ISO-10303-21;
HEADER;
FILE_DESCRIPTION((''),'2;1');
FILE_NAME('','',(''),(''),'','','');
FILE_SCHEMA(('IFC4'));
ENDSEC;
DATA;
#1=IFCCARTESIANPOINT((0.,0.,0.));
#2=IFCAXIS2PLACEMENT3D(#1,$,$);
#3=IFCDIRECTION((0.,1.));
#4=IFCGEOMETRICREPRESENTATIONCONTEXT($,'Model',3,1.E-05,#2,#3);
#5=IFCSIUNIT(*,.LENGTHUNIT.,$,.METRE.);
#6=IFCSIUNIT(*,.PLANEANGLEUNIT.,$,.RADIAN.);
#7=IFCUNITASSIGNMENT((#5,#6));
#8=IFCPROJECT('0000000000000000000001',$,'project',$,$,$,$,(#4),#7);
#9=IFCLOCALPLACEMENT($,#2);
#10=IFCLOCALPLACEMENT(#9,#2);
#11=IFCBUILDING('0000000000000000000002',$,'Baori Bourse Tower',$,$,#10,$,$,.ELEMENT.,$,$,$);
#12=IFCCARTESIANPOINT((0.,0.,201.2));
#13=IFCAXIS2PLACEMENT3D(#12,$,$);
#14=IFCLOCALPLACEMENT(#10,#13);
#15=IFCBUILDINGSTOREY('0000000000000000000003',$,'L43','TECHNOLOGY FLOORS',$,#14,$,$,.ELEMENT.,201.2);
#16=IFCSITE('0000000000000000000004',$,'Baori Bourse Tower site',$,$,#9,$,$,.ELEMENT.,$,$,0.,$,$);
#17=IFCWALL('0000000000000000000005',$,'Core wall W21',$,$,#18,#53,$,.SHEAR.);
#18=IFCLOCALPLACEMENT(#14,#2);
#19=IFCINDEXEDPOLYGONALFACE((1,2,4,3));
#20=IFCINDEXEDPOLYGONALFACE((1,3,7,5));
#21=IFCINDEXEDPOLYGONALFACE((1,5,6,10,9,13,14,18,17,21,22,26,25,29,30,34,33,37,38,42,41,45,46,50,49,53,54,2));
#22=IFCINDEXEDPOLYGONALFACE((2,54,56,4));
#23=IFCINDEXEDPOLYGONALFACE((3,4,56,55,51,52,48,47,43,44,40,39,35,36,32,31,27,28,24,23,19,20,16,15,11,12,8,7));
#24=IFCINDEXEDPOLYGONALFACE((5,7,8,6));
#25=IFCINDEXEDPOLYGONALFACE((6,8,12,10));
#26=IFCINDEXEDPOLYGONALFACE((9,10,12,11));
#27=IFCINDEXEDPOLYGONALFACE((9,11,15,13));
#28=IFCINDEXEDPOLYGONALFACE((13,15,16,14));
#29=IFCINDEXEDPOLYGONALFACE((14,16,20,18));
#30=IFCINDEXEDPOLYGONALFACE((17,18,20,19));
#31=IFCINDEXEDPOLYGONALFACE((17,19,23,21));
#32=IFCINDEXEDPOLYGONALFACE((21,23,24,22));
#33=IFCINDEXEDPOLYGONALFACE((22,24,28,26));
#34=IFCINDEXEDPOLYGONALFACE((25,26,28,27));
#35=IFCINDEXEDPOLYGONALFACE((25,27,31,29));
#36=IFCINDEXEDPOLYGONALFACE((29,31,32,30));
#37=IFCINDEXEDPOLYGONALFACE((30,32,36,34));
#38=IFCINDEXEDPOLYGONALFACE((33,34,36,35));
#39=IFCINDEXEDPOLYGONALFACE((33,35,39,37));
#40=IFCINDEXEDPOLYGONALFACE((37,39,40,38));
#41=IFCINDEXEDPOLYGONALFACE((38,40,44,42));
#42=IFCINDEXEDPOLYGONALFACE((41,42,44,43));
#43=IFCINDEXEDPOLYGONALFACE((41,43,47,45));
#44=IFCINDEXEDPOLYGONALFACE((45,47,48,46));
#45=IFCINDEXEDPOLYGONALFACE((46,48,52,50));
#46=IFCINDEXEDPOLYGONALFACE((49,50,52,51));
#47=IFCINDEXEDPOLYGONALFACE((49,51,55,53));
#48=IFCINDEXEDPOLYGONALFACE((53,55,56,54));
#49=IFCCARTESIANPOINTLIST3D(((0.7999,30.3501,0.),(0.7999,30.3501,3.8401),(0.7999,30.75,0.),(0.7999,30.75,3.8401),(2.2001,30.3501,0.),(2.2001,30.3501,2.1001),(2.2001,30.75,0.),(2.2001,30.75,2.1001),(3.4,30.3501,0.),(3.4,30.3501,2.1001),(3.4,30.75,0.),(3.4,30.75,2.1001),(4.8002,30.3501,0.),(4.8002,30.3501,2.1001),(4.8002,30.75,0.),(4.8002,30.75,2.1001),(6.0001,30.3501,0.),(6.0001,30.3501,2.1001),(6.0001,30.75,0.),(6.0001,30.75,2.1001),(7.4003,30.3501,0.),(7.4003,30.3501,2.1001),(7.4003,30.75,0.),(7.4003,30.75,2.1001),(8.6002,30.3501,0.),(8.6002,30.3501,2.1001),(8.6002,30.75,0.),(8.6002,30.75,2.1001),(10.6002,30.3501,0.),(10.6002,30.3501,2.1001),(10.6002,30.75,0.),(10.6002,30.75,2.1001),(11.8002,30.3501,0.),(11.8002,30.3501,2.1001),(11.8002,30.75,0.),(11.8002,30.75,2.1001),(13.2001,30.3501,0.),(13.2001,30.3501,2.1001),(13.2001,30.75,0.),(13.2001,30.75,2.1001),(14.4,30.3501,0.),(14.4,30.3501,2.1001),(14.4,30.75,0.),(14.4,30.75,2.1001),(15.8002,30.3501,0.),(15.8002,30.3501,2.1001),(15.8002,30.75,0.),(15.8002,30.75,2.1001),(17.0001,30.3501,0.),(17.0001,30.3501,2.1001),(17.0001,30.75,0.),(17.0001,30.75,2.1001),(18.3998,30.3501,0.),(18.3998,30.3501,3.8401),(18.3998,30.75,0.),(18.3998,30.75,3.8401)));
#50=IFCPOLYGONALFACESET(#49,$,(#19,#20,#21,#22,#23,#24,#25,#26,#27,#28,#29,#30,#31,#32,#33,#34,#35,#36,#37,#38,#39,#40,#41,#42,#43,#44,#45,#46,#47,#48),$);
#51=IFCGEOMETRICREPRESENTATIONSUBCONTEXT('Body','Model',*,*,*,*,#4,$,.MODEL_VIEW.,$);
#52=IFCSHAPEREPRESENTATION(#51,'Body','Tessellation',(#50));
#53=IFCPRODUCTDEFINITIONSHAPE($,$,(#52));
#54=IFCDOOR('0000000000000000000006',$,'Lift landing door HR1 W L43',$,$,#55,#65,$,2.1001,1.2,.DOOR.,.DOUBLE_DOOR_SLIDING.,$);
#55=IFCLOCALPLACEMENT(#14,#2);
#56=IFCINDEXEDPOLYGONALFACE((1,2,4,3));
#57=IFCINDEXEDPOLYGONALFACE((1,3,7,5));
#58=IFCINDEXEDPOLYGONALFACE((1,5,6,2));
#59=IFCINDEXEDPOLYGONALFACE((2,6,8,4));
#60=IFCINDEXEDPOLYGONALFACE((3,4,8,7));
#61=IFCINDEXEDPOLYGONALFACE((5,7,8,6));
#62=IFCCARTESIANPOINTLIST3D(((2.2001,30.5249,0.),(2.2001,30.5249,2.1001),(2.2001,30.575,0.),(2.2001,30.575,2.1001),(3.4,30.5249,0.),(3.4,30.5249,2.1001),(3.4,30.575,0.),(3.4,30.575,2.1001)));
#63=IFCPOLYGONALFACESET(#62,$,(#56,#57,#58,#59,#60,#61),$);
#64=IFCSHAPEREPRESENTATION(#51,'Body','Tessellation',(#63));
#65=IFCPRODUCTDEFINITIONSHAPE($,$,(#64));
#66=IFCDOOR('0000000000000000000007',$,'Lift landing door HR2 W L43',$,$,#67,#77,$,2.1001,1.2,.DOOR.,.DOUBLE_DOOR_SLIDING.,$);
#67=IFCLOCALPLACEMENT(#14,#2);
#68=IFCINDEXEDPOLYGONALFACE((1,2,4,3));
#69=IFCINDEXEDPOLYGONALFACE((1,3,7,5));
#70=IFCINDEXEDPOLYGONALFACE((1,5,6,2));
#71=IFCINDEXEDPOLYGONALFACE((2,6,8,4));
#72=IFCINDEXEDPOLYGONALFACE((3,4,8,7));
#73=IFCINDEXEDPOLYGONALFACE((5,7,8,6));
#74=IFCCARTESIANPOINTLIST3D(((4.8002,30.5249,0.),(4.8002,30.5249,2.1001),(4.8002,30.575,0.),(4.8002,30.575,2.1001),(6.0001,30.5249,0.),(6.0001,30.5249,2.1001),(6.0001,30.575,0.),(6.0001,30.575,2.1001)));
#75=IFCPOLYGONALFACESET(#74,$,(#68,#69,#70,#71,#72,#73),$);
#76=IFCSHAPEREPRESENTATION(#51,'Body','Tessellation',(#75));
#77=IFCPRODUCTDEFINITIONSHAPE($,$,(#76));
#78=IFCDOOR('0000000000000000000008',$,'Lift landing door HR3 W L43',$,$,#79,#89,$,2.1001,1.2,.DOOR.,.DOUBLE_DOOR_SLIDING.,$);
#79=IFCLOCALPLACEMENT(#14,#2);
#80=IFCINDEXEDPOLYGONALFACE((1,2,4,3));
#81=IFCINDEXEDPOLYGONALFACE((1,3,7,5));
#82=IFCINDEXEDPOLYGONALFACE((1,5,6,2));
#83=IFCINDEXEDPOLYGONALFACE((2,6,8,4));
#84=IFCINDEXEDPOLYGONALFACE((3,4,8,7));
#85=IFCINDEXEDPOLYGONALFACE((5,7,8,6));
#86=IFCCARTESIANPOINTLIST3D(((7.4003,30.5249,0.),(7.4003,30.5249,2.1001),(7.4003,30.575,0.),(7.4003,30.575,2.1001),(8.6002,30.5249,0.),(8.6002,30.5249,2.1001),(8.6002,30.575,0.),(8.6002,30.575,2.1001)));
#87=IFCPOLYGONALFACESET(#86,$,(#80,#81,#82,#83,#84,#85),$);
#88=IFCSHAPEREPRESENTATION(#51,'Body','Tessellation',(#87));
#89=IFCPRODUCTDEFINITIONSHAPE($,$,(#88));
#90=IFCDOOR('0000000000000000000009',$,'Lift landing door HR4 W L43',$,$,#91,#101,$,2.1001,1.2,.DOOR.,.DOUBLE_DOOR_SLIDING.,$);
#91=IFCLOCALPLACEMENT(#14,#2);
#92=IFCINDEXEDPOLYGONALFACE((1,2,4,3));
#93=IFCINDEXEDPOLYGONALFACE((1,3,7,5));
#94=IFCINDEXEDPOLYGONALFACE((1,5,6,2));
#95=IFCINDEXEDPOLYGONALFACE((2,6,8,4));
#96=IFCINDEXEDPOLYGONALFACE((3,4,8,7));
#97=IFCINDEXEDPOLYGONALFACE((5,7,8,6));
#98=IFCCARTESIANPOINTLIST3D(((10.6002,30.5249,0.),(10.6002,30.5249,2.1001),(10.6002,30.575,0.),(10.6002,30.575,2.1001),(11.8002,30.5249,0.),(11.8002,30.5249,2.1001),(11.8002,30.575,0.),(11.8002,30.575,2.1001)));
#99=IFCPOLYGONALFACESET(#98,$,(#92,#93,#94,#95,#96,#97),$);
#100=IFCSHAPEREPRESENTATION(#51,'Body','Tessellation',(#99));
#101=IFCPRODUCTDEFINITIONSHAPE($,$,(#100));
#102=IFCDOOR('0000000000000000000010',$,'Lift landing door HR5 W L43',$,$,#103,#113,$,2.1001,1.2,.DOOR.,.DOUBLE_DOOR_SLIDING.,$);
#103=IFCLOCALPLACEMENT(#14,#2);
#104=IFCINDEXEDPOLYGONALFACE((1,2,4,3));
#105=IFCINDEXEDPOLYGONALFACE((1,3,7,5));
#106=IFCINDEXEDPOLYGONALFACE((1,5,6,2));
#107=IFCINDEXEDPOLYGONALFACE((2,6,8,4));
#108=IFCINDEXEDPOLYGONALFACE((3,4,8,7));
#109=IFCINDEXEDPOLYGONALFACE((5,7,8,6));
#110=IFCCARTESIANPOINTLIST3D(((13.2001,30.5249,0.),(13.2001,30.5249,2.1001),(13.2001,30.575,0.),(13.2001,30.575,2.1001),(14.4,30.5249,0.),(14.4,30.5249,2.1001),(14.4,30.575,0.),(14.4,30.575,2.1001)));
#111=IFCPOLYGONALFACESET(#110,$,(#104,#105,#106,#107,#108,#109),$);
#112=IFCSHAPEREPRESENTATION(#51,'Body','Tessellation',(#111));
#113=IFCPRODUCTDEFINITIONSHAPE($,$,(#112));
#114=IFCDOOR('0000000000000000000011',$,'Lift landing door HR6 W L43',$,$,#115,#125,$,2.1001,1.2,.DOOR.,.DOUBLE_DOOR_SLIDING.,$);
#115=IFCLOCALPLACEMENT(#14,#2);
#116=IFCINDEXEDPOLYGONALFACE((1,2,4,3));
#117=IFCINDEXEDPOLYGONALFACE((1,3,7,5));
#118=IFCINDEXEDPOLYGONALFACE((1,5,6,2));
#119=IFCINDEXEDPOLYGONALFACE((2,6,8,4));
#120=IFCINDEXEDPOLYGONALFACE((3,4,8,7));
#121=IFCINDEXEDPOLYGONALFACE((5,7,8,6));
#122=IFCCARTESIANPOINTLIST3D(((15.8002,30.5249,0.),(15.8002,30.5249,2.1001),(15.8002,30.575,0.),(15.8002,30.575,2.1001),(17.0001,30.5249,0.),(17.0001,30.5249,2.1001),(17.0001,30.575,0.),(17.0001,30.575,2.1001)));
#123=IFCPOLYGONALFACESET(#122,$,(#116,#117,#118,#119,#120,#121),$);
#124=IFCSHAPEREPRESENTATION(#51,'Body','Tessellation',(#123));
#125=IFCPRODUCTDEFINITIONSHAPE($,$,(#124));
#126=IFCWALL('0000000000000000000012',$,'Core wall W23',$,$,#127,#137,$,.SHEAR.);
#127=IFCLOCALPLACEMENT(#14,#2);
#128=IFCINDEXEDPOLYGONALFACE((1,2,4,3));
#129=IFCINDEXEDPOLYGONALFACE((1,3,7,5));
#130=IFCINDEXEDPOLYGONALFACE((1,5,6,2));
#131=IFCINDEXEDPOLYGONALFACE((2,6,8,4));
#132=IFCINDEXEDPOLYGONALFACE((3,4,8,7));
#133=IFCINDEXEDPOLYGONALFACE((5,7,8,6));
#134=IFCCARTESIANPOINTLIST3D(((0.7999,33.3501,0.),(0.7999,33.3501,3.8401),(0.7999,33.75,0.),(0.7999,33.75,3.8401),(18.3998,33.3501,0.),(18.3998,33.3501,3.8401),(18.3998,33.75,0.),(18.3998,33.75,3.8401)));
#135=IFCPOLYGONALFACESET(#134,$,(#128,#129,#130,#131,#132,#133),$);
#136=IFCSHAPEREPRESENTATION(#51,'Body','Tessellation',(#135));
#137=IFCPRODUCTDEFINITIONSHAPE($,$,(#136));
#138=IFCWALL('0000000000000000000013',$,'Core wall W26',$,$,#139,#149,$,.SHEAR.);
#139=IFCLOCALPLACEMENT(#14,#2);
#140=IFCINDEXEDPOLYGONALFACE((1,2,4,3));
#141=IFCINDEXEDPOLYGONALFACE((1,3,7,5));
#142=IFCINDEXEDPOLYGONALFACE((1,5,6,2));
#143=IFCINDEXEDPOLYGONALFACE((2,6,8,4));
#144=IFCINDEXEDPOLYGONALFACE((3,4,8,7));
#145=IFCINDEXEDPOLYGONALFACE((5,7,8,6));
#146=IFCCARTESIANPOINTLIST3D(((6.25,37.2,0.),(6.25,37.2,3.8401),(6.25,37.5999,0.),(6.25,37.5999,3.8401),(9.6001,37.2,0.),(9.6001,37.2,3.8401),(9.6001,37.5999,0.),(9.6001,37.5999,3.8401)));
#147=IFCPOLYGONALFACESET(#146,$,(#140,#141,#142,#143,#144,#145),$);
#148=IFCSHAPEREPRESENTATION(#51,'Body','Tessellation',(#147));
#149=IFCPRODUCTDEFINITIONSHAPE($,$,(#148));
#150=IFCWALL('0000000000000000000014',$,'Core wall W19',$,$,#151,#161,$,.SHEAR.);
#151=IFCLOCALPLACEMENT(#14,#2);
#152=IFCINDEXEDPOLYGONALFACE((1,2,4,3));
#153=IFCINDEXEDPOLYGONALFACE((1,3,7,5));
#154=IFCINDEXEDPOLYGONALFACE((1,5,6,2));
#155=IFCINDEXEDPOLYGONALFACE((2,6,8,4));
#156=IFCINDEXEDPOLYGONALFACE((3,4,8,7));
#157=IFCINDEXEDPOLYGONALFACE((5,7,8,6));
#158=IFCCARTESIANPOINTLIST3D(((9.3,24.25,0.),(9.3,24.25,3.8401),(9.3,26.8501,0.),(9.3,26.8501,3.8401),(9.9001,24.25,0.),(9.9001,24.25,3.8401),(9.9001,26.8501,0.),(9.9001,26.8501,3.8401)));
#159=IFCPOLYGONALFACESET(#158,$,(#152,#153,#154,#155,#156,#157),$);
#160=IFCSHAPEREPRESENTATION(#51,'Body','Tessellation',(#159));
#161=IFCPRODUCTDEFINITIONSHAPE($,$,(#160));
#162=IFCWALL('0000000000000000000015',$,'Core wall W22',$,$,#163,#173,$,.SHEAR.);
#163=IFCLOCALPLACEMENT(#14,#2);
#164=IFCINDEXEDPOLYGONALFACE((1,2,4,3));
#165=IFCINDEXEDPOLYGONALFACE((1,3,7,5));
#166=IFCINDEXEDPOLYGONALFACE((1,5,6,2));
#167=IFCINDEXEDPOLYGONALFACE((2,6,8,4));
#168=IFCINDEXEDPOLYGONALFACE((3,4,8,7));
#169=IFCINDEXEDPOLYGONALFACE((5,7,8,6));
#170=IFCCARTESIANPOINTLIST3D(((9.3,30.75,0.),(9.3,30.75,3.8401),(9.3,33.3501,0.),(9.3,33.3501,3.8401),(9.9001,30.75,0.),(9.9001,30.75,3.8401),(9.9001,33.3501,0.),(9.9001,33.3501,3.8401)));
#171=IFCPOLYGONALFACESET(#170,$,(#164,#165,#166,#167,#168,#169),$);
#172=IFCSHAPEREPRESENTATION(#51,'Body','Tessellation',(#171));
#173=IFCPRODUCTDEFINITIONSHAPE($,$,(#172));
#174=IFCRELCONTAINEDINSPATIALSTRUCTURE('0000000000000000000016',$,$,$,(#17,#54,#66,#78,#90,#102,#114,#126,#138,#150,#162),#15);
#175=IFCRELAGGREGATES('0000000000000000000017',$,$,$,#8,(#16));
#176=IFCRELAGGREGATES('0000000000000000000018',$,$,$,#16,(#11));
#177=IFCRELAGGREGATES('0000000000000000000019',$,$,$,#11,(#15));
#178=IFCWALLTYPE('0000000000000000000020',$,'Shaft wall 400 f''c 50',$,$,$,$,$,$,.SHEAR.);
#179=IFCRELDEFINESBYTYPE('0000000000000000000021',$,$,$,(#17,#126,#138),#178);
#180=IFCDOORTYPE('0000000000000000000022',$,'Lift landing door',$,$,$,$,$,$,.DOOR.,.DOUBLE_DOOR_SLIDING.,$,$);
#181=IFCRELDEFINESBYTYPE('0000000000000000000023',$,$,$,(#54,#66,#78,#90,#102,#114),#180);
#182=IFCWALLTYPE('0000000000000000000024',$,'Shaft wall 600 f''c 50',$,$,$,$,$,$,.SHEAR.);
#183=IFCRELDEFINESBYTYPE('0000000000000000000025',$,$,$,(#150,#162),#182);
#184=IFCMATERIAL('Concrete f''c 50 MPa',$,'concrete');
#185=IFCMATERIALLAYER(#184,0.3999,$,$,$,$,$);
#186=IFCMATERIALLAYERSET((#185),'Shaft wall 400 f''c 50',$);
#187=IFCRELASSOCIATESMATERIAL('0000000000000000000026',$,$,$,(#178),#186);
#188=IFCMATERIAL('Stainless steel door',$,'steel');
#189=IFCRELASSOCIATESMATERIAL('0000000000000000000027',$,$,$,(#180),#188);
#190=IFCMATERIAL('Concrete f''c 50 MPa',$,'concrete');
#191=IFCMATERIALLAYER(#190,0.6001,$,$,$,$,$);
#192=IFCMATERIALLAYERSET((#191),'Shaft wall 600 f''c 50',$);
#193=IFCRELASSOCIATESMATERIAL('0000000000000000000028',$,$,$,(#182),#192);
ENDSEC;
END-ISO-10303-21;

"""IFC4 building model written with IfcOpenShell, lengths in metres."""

from ifc_helpers import new_model, si_unit, direction, frame, frame_2d, origin, place, context, subcontext, project, spatial, rectangle, extrude, material, layer, layer_set, type_object, element, fill, save


model = new_model("IFC4")

# Units and contexts
model_context = context("Model", 3, precision=1e-05, world=origin(), true_north=direction((0.0, 1.0)))
body_context = subcontext(model_context, "Body", "Model", "MODEL_VIEW")
ifc_project = project(units=[si_unit("LENGTHUNIT", "METRE"), si_unit("PLANEANGLEUNIT", "RADIAN")], contexts=[model_context])

# Site, building, storey
site_placement = place(None, origin())
site = spatial("IfcSite", under=ifc_project, at=site_placement, Name="Baori Bourse Tower site", CompositionType="ELEMENT", RefElevation=0.0)
building_placement = place(site_placement, origin())
building = spatial("IfcBuilding", under=site, at=building_placement, Name="Baori Bourse Tower", CompositionType="ELEMENT")
storey_placement = place(building_placement, frame((0.0, 0.0, 201.2)))
storey = spatial("IfcBuildingStorey", under=building, at=storey_placement, Name="L43", Description="TECHNOLOGY FLOORS", CompositionType="ELEMENT", Elevation=201.2)

# Wall, openings, doors
ifc_material_1 = material(Name="Concrete f'c 50 MPa", Category="concrete")
ifc_layer_1 = layer(ifc_material_1, 0.3999)
ifc_layer_set_1 = layer_set([ifc_layer_1], Name="Shaft wall 400 f'c 50")
wall_type_1 = type_object("IfcWallType", Name="Shaft wall 400 f'c 50", PredefinedType="SHEAR", material=ifc_layer_set_1)
ifc_material_2 = material(Name="Stainless steel door", Category="steel")
door_type_1 = type_object("IfcDoorType", Name="Lift landing door", OperationType="DOUBLE_DOOR_SLIDING", PredefinedType="DOOR", material=ifc_material_2)
wall_1_placement = place(storey_placement, frame((0.8, 30.55, 0.0), z_axis=(0.0, 0.0, 1.0), x_axis=(1.0, 0.0, 0.0)))
wall_1 = element("IfcWall", 1, at=wall_1_placement, inside=storey, type_object=wall_type_1, Name="Core wall W21", PredefinedType="SHEAR", context=body_context, shape_type="SweptSolid", body=[
    extrude(rectangle(XDim=17.5999, YDim=0.3999, at=frame_2d((8.7998, 0.0))), origin(), (0.0, 0.0, 1.0), 3.8401),
])
opening_1_placement = place(wall_1_placement, frame((1.3999, 0.0, 0.0)))
opening_1 = element("IfcOpeningElement", 2, at=opening_1_placement, cuts=wall_1, PredefinedType="OPENING", context=body_context, shape_type="SweptSolid", body=[
    extrude(rectangle(XDim=1.2, YDim=2.1001, at=frame_2d((0.6001, 1.05))), frame((0.0, 0.21, 0.0), z_axis=(0.0, -1.0, 0.0), x_axis=(1.0, 0.0, 0.0)), (0.0, 0.0, 1.0), 0.4199),
])
opening_2_placement = place(wall_1_placement, frame((4.0, 0.0, 0.0)))
opening_2 = element("IfcOpeningElement", 3, at=opening_2_placement, cuts=wall_1, PredefinedType="OPENING", context=body_context, shape_type="SweptSolid", body=[
    extrude(rectangle(XDim=1.2, YDim=2.1001, at=frame_2d((0.6001, 1.05))), frame((0.0, 0.21, 0.0), z_axis=(0.0, -1.0, 0.0), x_axis=(1.0, 0.0, 0.0)), (0.0, 0.0, 1.0), 0.4199),
])
opening_3_placement = place(wall_1_placement, frame((6.6001, 0.0, 0.0)))
opening_3 = element("IfcOpeningElement", 4, at=opening_3_placement, cuts=wall_1, PredefinedType="OPENING", context=body_context, shape_type="SweptSolid", body=[
    extrude(rectangle(XDim=1.2, YDim=2.1001, at=frame_2d((0.6001, 1.05))), frame((0.0, 0.21, 0.0), z_axis=(0.0, -1.0, 0.0), x_axis=(1.0, 0.0, 0.0)), (0.0, 0.0, 1.0), 0.4199),
])
opening_4_placement = place(wall_1_placement, frame((9.8, 0.0, 0.0)))
opening_4 = element("IfcOpeningElement", 5, at=opening_4_placement, cuts=wall_1, PredefinedType="OPENING", context=body_context, shape_type="SweptSolid", body=[
    extrude(rectangle(XDim=1.2, YDim=2.1001, at=frame_2d((0.6001, 1.05))), frame((0.0, 0.21, 0.0), z_axis=(0.0, -1.0, 0.0), x_axis=(1.0, 0.0, 0.0)), (0.0, 0.0, 1.0), 0.4199),
])
opening_5_placement = place(wall_1_placement, frame((12.3999, 0.0, 0.0)))
opening_5 = element("IfcOpeningElement", 6, at=opening_5_placement, cuts=wall_1, PredefinedType="OPENING", context=body_context, shape_type="SweptSolid", body=[
    extrude(rectangle(XDim=1.2, YDim=2.1001, at=frame_2d((0.6001, 1.05))), frame((0.0, 0.21, 0.0), z_axis=(0.0, -1.0, 0.0), x_axis=(1.0, 0.0, 0.0)), (0.0, 0.0, 1.0), 0.4199),
])
opening_6_placement = place(wall_1_placement, frame((15.0, 0.0, 0.0)))
opening_6 = element("IfcOpeningElement", 7, at=opening_6_placement, cuts=wall_1, PredefinedType="OPENING", context=body_context, shape_type="SweptSolid", body=[
    extrude(rectangle(XDim=1.2, YDim=2.1001, at=frame_2d((0.6001, 1.05))), frame((0.0, 0.21, 0.0), z_axis=(0.0, -1.0, 0.0), x_axis=(1.0, 0.0, 0.0)), (0.0, 0.0, 1.0), 0.4199),
])
door_1_placement = place(opening_1_placement, origin())
door_1 = element("IfcDoor", 8, at=door_1_placement, inside=storey, type_object=door_type_1, Name="Lift landing door HR1 W L43", OperationType="DOUBLE_DOOR_SLIDING", OverallHeight=2.1001, OverallWidth=1.2, PredefinedType="DOOR", context=body_context, shape_type="SweptSolid", body=[
    extrude(rectangle(XDim=1.2, YDim=2.1001, at=frame_2d((0.6001, 1.05))), frame((0.0, 0.0249, 0.0), z_axis=(0.0, -1.0, 0.0), x_axis=(1.0, 0.0, 0.0)), (0.0, 0.0, 1.0), 0.05),
])
fill(opening_1, door_1)
door_2_placement = place(opening_2_placement, origin())
door_2 = element("IfcDoor", 9, at=door_2_placement, inside=storey, type_object=door_type_1, Name="Lift landing door HR2 W L43", OperationType="DOUBLE_DOOR_SLIDING", OverallHeight=2.1001, OverallWidth=1.2, PredefinedType="DOOR", context=body_context, shape_type="SweptSolid", body=[
    extrude(rectangle(XDim=1.2, YDim=2.1001, at=frame_2d((0.6001, 1.05))), frame((0.0, 0.0249, 0.0), z_axis=(0.0, -1.0, 0.0), x_axis=(1.0, 0.0, 0.0)), (0.0, 0.0, 1.0), 0.05),
])
fill(opening_2, door_2)
door_3_placement = place(opening_3_placement, origin())
door_3 = element("IfcDoor", 10, at=door_3_placement, inside=storey, type_object=door_type_1, Name="Lift landing door HR3 W L43", OperationType="DOUBLE_DOOR_SLIDING", OverallHeight=2.1001, OverallWidth=1.2, PredefinedType="DOOR", context=body_context, shape_type="SweptSolid", body=[
    extrude(rectangle(XDim=1.2, YDim=2.1001, at=frame_2d((0.6001, 1.05))), frame((0.0, 0.0249, 0.0), z_axis=(0.0, -1.0, 0.0), x_axis=(1.0, 0.0, 0.0)), (0.0, 0.0, 1.0), 0.05),
])
fill(opening_3, door_3)
door_4_placement = place(opening_4_placement, origin())
door_4 = element("IfcDoor", 11, at=door_4_placement, inside=storey, type_object=door_type_1, Name="Lift landing door HR4 W L43", OperationType="DOUBLE_DOOR_SLIDING", OverallHeight=2.1001, OverallWidth=1.2, PredefinedType="DOOR", context=body_context, shape_type="SweptSolid", body=[
    extrude(rectangle(XDim=1.2, YDim=2.1001, at=frame_2d((0.6001, 1.05))), frame((0.0, 0.0249, 0.0), z_axis=(0.0, -1.0, 0.0), x_axis=(1.0, 0.0, 0.0)), (0.0, 0.0, 1.0), 0.05),
])
fill(opening_4, door_4)
door_5_placement = place(opening_5_placement, origin())
door_5 = element("IfcDoor", 12, at=door_5_placement, inside=storey, type_object=door_type_1, Name="Lift landing door HR5 W L43", OperationType="DOUBLE_DOOR_SLIDING", OverallHeight=2.1001, OverallWidth=1.2, PredefinedType="DOOR", context=body_context, shape_type="SweptSolid", body=[
    extrude(rectangle(XDim=1.2, YDim=2.1001, at=frame_2d((0.6001, 1.05))), frame((0.0, 0.0249, 0.0), z_axis=(0.0, -1.0, 0.0), x_axis=(1.0, 0.0, 0.0)), (0.0, 0.0, 1.0), 0.05),
])
fill(opening_5, door_5)
door_6_placement = place(opening_6_placement, origin())
door_6 = element("IfcDoor", 13, at=door_6_placement, inside=storey, type_object=door_type_1, Name="Lift landing door HR6 W L43", OperationType="DOUBLE_DOOR_SLIDING", OverallHeight=2.1001, OverallWidth=1.2, PredefinedType="DOOR", context=body_context, shape_type="SweptSolid", body=[
    extrude(rectangle(XDim=1.2, YDim=2.1001, at=frame_2d((0.6001, 1.05))), frame((0.0, 0.0249, 0.0), z_axis=(0.0, -1.0, 0.0), x_axis=(1.0, 0.0, 0.0)), (0.0, 0.0, 1.0), 0.05),
])
fill(opening_6, door_6)

# Walls
wall_2_placement = place(storey_placement, frame((0.8, 33.55, 0.0), z_axis=(0.0, 0.0, 1.0), x_axis=(1.0, 0.0, 0.0)))
element("IfcWall", 14, at=wall_2_placement, inside=storey, type_object=wall_type_1, Name="Core wall W23", PredefinedType="SHEAR", context=body_context, shape_type="SweptSolid", body=[
    extrude(rectangle(XDim=17.5999, YDim=0.3999, at=frame_2d((8.7998, 0.0))), origin(), (0.0, 0.0, 1.0), 3.8401),
])
wall_3_placement = place(storey_placement, frame((6.25, 37.3999, 0.0), z_axis=(0.0, 0.0, 1.0), x_axis=(1.0, 0.0, 0.0)))
element("IfcWall", 15, at=wall_3_placement, inside=storey, type_object=wall_type_1, Name="Core wall W26", PredefinedType="SHEAR", context=body_context, shape_type="SweptSolid", body=[
    extrude(rectangle(XDim=3.3501, YDim=0.3999, at=frame_2d((1.675, 0.0))), origin(), (0.0, 0.0, 1.0), 3.8401),
])
ifc_material_3 = material(Name="Concrete f'c 50 MPa", Category="concrete")
ifc_layer_2 = layer(ifc_material_3, 0.6001)
ifc_layer_set_2 = layer_set([ifc_layer_2], Name="Shaft wall 600 f'c 50")
wall_type_2 = type_object("IfcWallType", Name="Shaft wall 600 f'c 50", PredefinedType="SHEAR", material=ifc_layer_set_2)
for number, where, z_axis, x_axis, name in (
    (16, (9.6001, 24.25, 0.0), (0.0, 0.0, 1.0), (0.0, 1.0, 0.0), "Core wall W19"),
    (17, (9.6001, 30.75, 0.0), (0.0, 0.0, 1.0), (0.0, 1.0, 0.0), "Core wall W22"),
):
    element("IfcWall", number, at=place(storey_placement, frame(where, z_axis=z_axis, x_axis=x_axis)), inside=storey, type_object=wall_type_2, Name=name, PredefinedType="SHEAR", context=body_context, shape_type="SweptSolid", body=[
        extrude(rectangle(XDim=2.6001, YDim=0.6001, at=frame_2d((1.3, 0.0))), origin(), (0.0, 0.0, 1.0), 3.8401),
    ])

save(model, "model.ifc")
